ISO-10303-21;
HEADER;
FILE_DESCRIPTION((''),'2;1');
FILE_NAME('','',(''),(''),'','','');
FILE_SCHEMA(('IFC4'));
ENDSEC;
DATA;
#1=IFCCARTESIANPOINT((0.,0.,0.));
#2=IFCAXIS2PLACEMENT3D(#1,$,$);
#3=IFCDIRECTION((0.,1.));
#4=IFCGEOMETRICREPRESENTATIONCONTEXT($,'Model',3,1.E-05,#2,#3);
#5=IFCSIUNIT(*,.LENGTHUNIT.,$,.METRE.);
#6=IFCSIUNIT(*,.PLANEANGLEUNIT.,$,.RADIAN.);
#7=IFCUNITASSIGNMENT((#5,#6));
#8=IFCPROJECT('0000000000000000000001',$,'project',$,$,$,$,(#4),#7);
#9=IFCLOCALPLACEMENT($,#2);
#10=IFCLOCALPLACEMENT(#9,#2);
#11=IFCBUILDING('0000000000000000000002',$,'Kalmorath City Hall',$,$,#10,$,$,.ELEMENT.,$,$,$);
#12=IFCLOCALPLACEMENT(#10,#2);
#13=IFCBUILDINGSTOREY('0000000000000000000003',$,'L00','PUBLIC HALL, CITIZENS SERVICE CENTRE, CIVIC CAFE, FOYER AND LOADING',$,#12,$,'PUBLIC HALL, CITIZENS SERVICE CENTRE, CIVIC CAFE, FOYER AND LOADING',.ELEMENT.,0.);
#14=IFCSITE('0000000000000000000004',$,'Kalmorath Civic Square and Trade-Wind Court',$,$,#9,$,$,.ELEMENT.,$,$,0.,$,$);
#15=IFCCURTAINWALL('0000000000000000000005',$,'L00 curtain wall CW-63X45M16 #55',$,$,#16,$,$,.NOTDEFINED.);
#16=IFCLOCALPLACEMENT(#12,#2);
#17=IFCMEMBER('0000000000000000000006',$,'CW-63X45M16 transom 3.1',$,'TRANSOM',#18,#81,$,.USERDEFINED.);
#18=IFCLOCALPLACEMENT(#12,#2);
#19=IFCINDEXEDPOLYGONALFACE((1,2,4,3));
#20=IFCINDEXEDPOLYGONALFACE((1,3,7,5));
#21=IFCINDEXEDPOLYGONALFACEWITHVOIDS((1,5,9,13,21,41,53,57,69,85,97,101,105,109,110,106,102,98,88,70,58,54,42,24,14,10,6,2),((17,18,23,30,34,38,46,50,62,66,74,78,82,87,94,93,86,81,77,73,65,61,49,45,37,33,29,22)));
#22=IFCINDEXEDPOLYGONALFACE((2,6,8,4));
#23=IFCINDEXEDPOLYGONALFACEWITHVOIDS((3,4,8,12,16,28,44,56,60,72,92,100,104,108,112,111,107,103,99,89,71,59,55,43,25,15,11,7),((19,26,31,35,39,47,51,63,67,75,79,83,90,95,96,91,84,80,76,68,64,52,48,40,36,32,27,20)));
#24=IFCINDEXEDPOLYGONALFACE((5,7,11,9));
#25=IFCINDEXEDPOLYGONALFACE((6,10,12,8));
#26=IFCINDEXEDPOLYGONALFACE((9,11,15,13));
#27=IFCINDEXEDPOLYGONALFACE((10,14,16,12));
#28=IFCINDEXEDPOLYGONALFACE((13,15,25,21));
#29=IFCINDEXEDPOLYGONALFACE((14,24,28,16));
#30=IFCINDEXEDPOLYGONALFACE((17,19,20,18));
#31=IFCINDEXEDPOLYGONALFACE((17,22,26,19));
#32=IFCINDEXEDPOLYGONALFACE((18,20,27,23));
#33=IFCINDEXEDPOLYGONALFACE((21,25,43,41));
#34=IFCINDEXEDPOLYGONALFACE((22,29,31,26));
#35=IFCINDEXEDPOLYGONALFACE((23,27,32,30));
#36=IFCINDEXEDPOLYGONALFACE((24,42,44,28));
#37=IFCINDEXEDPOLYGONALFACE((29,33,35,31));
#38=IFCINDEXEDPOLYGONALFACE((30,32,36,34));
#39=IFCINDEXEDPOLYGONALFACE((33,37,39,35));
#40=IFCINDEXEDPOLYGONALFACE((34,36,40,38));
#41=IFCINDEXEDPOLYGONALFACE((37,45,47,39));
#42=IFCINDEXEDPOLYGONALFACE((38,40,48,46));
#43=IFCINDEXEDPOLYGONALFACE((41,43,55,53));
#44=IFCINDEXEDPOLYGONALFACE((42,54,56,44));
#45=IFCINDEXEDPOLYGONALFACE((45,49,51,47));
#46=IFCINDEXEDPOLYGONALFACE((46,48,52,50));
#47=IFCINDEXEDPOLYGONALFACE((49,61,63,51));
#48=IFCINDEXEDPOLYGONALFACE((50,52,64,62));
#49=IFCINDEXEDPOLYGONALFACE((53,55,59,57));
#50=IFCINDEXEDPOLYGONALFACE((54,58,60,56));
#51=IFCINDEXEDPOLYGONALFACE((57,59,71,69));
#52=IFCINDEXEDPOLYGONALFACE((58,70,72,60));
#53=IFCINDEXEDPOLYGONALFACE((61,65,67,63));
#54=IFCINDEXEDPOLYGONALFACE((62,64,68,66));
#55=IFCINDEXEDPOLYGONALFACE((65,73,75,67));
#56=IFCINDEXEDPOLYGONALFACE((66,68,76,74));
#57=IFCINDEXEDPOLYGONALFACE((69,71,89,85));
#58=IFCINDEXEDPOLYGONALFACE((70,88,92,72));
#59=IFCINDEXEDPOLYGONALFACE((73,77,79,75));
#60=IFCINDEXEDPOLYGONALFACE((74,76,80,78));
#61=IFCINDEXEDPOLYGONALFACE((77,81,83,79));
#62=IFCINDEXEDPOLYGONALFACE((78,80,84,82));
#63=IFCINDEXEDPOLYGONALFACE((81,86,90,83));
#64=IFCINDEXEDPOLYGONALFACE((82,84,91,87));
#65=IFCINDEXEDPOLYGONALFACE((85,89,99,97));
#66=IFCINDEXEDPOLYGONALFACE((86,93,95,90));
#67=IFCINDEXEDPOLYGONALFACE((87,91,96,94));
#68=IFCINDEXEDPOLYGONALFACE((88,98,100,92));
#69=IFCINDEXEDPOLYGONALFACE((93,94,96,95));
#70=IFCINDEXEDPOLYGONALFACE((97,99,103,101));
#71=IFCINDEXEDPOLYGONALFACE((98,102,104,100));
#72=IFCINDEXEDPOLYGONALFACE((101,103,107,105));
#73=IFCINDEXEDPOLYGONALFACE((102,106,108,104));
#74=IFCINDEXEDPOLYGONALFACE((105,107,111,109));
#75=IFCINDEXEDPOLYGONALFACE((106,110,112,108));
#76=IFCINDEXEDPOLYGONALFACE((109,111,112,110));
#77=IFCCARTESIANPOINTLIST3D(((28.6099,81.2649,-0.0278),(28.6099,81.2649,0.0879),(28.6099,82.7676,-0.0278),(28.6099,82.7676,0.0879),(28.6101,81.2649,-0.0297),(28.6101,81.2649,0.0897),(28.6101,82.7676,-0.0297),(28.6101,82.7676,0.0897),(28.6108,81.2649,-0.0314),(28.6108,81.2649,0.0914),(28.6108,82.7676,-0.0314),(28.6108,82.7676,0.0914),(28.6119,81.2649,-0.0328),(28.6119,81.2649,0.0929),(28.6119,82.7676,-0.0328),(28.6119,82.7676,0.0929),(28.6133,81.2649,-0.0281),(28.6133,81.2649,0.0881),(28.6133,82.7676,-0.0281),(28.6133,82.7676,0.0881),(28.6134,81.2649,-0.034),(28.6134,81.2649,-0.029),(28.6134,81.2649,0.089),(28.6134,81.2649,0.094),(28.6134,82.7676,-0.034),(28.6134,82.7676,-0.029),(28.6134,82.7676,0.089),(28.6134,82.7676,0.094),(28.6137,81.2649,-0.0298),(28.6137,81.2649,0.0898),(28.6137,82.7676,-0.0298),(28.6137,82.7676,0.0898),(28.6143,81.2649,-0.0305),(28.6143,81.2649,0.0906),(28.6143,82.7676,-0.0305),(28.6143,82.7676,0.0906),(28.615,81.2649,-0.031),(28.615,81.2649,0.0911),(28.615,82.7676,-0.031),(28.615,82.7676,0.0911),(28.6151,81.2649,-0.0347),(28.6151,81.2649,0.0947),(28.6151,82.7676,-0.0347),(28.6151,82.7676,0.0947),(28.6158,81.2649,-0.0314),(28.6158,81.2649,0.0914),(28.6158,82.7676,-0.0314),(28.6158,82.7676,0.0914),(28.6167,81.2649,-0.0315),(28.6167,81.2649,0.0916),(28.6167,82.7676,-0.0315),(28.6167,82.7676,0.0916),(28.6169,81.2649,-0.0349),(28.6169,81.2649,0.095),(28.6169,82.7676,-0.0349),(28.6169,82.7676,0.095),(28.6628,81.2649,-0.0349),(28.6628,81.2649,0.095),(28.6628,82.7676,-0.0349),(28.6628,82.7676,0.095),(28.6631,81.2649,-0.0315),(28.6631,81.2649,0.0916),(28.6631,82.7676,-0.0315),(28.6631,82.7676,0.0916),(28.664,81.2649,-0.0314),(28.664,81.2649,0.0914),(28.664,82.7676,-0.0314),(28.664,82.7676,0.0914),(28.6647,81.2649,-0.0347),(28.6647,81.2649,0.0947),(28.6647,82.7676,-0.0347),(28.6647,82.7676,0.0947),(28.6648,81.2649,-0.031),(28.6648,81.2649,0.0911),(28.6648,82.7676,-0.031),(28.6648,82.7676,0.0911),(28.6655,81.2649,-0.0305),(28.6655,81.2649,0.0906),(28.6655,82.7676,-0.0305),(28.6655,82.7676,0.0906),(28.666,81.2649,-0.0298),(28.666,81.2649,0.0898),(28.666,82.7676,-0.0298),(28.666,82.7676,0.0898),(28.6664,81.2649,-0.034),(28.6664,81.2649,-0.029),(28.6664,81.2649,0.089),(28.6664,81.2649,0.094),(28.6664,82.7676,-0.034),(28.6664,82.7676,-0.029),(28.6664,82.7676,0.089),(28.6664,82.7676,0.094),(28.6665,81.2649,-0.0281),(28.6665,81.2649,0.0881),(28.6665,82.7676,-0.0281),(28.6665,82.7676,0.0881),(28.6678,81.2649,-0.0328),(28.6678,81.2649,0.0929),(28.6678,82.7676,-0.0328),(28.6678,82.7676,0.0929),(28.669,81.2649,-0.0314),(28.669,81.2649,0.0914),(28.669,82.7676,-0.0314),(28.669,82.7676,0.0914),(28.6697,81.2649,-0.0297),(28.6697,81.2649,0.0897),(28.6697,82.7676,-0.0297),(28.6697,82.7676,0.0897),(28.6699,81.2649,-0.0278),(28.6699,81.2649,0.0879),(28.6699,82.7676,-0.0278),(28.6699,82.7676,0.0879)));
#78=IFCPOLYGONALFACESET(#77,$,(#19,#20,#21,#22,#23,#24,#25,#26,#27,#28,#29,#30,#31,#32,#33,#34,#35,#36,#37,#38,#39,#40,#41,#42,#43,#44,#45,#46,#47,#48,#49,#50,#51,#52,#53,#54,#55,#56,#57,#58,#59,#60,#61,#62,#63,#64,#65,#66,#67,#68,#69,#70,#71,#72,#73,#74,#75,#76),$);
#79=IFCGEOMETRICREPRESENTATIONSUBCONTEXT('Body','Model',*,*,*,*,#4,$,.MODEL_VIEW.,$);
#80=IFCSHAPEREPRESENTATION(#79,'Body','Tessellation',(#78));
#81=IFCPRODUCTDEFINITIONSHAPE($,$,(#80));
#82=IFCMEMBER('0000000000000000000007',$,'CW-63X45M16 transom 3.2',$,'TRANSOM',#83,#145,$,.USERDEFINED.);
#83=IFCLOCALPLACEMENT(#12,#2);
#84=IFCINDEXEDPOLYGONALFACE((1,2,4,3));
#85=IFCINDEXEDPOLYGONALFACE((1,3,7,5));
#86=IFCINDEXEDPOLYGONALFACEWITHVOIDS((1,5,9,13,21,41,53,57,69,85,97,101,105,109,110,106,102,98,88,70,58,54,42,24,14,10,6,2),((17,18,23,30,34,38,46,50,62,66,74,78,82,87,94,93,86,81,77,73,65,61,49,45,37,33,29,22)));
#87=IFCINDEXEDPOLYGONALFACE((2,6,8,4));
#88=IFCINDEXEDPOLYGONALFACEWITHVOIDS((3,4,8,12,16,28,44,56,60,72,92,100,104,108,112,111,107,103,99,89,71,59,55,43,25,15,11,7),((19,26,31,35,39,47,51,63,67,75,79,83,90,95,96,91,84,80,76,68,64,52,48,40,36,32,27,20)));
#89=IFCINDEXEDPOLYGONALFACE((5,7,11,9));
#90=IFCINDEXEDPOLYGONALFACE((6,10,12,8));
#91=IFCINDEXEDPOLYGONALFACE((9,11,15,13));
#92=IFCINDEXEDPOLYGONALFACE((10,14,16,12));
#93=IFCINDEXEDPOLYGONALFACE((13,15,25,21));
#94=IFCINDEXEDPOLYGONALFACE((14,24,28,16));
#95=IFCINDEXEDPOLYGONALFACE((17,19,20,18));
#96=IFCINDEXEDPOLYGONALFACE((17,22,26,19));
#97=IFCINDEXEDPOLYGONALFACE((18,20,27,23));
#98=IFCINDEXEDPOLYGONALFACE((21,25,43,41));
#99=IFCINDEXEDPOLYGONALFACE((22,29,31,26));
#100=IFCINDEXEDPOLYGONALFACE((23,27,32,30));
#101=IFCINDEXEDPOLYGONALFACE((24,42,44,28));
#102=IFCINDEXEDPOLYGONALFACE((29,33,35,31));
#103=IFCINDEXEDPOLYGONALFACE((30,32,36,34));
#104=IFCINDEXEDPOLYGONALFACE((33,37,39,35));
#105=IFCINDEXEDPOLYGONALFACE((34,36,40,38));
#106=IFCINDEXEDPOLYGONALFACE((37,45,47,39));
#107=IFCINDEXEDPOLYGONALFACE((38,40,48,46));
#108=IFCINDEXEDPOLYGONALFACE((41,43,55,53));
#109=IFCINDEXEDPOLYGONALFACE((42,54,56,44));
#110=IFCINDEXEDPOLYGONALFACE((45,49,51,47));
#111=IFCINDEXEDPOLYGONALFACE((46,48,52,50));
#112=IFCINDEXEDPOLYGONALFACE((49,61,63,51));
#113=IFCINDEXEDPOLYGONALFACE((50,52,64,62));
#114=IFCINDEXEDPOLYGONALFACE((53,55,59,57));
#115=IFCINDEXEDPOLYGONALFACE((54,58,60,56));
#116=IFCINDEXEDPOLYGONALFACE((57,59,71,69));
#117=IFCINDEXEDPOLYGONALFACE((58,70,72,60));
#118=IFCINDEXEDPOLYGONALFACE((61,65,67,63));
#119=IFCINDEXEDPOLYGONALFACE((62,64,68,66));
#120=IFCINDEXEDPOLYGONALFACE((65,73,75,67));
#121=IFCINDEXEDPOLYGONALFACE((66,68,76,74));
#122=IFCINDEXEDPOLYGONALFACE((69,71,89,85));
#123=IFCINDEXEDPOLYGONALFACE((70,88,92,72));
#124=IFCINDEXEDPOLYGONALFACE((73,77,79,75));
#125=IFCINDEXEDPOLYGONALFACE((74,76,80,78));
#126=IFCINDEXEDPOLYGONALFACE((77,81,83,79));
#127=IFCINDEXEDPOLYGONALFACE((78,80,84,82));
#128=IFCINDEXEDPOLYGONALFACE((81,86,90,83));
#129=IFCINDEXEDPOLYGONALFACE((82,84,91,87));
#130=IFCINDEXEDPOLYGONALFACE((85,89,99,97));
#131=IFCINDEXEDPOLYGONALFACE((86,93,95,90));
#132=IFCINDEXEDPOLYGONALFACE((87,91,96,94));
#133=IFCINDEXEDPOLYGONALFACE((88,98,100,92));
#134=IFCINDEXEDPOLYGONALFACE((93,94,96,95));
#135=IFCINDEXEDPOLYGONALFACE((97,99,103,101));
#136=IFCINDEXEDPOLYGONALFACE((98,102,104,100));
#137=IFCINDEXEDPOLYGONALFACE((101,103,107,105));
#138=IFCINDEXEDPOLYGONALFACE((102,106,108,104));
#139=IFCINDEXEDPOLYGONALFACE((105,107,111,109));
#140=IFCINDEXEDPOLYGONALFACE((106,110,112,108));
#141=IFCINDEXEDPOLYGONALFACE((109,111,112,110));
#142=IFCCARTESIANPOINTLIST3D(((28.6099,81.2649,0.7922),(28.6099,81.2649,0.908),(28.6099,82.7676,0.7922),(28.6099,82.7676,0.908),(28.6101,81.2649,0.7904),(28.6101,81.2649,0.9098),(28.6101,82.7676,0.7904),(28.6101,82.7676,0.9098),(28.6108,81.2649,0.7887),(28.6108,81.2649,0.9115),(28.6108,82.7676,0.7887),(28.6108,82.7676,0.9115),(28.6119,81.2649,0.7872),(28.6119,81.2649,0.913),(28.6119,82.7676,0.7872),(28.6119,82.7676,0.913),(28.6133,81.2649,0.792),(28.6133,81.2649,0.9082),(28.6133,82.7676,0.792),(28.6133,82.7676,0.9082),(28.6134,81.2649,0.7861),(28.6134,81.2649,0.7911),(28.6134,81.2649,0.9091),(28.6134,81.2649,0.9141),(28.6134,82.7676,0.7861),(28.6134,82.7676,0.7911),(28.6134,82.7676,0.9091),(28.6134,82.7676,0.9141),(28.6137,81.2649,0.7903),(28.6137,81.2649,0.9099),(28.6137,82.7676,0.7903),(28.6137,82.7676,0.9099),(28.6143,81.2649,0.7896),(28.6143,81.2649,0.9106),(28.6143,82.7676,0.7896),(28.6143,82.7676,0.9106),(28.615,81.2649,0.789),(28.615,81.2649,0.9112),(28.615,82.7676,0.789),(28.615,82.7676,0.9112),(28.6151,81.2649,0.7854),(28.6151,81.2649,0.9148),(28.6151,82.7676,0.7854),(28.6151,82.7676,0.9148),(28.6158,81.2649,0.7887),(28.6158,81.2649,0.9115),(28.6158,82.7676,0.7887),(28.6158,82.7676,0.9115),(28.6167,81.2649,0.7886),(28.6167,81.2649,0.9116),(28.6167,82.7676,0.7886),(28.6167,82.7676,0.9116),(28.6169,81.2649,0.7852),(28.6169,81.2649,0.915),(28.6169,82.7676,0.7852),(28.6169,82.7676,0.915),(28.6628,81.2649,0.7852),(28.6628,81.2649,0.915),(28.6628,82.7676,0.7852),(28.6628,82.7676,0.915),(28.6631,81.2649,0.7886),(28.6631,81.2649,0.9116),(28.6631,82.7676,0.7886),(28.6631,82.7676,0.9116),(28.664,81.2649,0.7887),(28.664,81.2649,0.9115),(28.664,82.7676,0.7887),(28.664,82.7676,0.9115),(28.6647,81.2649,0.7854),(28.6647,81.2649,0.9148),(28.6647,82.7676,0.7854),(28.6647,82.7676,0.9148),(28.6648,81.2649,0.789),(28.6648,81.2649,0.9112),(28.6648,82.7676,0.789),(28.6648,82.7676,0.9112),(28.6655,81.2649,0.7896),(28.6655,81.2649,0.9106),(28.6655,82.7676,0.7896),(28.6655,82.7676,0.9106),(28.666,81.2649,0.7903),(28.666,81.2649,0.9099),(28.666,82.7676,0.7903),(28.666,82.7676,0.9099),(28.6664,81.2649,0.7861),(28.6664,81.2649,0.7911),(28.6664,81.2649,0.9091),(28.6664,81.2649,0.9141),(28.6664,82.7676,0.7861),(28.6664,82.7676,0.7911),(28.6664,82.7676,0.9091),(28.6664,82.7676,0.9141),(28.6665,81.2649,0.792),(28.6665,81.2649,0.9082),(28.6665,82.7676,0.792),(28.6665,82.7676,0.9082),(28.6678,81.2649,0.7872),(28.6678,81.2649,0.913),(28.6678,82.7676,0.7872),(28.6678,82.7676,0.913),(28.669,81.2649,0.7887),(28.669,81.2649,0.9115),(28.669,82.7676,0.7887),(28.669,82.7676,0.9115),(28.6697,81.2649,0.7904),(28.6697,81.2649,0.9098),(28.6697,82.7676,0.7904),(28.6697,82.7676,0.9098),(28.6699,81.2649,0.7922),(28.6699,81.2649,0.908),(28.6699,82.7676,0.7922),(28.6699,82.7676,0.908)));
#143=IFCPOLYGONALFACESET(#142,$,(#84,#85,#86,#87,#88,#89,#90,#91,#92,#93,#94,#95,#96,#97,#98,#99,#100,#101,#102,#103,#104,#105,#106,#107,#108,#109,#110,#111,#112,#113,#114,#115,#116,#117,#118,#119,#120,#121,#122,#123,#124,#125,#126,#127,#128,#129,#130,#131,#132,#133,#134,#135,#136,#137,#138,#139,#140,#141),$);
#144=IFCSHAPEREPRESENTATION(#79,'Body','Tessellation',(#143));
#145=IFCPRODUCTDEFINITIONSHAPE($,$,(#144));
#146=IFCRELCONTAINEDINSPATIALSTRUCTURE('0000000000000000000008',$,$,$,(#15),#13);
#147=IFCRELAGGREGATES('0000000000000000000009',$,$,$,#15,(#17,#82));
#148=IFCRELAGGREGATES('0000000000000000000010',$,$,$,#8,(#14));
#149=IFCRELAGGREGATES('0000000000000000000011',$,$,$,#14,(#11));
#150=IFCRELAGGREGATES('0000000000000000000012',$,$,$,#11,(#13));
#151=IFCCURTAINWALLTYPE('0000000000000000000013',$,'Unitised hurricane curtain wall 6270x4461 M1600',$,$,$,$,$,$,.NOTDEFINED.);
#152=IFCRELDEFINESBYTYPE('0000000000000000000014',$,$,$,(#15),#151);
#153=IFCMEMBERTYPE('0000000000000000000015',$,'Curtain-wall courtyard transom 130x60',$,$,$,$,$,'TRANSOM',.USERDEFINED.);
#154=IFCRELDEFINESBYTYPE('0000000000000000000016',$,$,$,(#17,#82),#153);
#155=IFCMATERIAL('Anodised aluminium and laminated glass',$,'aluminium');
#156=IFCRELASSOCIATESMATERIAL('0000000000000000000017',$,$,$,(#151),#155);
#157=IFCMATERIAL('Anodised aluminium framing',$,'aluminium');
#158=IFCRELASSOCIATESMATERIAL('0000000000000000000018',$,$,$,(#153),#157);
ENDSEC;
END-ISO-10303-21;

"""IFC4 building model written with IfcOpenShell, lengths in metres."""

from ifc_helpers import new_model, si_unit, direction, frame, origin, origin_2d, place, context, subcontext, project, spatial, hollow_rectangle, extrude, material, material_profile, profile_set, type_object, element, aggregate, save


model = new_model("IFC4")

# Units and contexts
model_context = context("Model", 3, precision=1e-05, world=origin(), true_north=direction((0.0, 1.0)))
body_context = subcontext(model_context, "Body", "Model", "MODEL_VIEW")
ifc_project = project(units=[si_unit("LENGTHUNIT", "METRE"), si_unit("PLANEANGLEUNIT", "RADIAN")], contexts=[model_context])

# Site, building, storey
site_placement = place(None, origin())
site = spatial("IfcSite", under=ifc_project, at=site_placement, Name="Kalmorath Civic Square and Trade-Wind Court", CompositionType="ELEMENT", RefElevation=0.0)
building_placement = place(site_placement, origin())
building = spatial("IfcBuilding", under=site, at=building_placement, Name="Kalmorath City Hall", CompositionType="ELEMENT")
storey_placement = place(building_placement, origin())
storey = spatial("IfcBuildingStorey", under=building, at=storey_placement, Name="L00", Description="PUBLIC HALL, CITIZENS SERVICE CENTRE, CIVIC CAFE, FOYER AND LOADING", LongName="PUBLIC HALL, CITIZENS SERVICE CENTRE, CIVIC CAFE, FOYER AND LOADING", CompositionType="ELEMENT", Elevation=0.0)

# Curtain wall, members
ifc_material_1 = material(Name="Anodised aluminium and laminated glass", Category="aluminium")
curtain_wall_type = type_object("IfcCurtainWallType", Name="Unitised hurricane curtain wall 6270x4461 M1600", PredefinedType="NOTDEFINED", material=ifc_material_1)
curtain_wall_placement = place(storey_placement, origin())
curtain_wall = element("IfcCurtainWall", 1, at=curtain_wall_placement, inside=storey, type_object=curtain_wall_type, Name="L00 curtain wall CW-63X45M16 #55", PredefinedType="NOTDEFINED")
ifc_material_2 = material(Name="Anodised aluminium framing", Category="aluminium")
ifc_material_profile_1 = material_profile(ifc_material_2, hollow_rectangle(XDim=0.0601, YDim=0.1299, WallThickness=0.0034, InnerFilletRadius=0.0034, OuterFilletRadius=0.0071, at=origin_2d()), Name="ALU-TRN-130X60X3.5")
ifc_profile_set_1 = profile_set([ifc_material_profile_1], Name="Anodised aluminium framing")
member_type_1 = type_object("IfcMemberType", Name="Curtain-wall courtyard transom 130x60", ElementType="TRANSOM", PredefinedType="USERDEFINED", material=ifc_profile_set_1)
member_1_placement = place(storey_placement, frame((28.6399, 82.7676, 0.03), z_axis=(0.0, -1.0, 0.0), x_axis=(1.0, 0.0, 0.0)))
member_1 = element("IfcMember", 2, at=member_1_placement, type_object=member_type_1, Name="CW-63X45M16 transom 3.1", ObjectType="TRANSOM", PredefinedType="USERDEFINED", context=body_context, shape_type="SweptSolid", body=[
    extrude(hollow_rectangle(XDim=0.0601, YDim=0.1299, WallThickness=0.0034, InnerFilletRadius=0.0034, OuterFilletRadius=0.0071, at=origin_2d()), origin(), (0.0, 0.0, 1.0), 1.5027),
])
member_2_placement = place(storey_placement, frame((28.6399, 82.7676, 0.8501), z_axis=(0.0, -1.0, 0.0), x_axis=(1.0, 0.0, 0.0)))
member_2 = element("IfcMember", 3, at=member_2_placement, type_object=member_type_1, Name="CW-63X45M16 transom 3.2", ObjectType="TRANSOM", PredefinedType="USERDEFINED", context=body_context, shape_type="SweptSolid", body=[
    extrude(hollow_rectangle(XDim=0.0601, YDim=0.1299, WallThickness=0.0034, InnerFilletRadius=0.0034, OuterFilletRadius=0.0071, at=origin_2d()), origin(), (0.0, 0.0, 1.0), 1.5027),
])

aggregate(curtain_wall, [member_1, member_2])

save(model, "model.ifc")
